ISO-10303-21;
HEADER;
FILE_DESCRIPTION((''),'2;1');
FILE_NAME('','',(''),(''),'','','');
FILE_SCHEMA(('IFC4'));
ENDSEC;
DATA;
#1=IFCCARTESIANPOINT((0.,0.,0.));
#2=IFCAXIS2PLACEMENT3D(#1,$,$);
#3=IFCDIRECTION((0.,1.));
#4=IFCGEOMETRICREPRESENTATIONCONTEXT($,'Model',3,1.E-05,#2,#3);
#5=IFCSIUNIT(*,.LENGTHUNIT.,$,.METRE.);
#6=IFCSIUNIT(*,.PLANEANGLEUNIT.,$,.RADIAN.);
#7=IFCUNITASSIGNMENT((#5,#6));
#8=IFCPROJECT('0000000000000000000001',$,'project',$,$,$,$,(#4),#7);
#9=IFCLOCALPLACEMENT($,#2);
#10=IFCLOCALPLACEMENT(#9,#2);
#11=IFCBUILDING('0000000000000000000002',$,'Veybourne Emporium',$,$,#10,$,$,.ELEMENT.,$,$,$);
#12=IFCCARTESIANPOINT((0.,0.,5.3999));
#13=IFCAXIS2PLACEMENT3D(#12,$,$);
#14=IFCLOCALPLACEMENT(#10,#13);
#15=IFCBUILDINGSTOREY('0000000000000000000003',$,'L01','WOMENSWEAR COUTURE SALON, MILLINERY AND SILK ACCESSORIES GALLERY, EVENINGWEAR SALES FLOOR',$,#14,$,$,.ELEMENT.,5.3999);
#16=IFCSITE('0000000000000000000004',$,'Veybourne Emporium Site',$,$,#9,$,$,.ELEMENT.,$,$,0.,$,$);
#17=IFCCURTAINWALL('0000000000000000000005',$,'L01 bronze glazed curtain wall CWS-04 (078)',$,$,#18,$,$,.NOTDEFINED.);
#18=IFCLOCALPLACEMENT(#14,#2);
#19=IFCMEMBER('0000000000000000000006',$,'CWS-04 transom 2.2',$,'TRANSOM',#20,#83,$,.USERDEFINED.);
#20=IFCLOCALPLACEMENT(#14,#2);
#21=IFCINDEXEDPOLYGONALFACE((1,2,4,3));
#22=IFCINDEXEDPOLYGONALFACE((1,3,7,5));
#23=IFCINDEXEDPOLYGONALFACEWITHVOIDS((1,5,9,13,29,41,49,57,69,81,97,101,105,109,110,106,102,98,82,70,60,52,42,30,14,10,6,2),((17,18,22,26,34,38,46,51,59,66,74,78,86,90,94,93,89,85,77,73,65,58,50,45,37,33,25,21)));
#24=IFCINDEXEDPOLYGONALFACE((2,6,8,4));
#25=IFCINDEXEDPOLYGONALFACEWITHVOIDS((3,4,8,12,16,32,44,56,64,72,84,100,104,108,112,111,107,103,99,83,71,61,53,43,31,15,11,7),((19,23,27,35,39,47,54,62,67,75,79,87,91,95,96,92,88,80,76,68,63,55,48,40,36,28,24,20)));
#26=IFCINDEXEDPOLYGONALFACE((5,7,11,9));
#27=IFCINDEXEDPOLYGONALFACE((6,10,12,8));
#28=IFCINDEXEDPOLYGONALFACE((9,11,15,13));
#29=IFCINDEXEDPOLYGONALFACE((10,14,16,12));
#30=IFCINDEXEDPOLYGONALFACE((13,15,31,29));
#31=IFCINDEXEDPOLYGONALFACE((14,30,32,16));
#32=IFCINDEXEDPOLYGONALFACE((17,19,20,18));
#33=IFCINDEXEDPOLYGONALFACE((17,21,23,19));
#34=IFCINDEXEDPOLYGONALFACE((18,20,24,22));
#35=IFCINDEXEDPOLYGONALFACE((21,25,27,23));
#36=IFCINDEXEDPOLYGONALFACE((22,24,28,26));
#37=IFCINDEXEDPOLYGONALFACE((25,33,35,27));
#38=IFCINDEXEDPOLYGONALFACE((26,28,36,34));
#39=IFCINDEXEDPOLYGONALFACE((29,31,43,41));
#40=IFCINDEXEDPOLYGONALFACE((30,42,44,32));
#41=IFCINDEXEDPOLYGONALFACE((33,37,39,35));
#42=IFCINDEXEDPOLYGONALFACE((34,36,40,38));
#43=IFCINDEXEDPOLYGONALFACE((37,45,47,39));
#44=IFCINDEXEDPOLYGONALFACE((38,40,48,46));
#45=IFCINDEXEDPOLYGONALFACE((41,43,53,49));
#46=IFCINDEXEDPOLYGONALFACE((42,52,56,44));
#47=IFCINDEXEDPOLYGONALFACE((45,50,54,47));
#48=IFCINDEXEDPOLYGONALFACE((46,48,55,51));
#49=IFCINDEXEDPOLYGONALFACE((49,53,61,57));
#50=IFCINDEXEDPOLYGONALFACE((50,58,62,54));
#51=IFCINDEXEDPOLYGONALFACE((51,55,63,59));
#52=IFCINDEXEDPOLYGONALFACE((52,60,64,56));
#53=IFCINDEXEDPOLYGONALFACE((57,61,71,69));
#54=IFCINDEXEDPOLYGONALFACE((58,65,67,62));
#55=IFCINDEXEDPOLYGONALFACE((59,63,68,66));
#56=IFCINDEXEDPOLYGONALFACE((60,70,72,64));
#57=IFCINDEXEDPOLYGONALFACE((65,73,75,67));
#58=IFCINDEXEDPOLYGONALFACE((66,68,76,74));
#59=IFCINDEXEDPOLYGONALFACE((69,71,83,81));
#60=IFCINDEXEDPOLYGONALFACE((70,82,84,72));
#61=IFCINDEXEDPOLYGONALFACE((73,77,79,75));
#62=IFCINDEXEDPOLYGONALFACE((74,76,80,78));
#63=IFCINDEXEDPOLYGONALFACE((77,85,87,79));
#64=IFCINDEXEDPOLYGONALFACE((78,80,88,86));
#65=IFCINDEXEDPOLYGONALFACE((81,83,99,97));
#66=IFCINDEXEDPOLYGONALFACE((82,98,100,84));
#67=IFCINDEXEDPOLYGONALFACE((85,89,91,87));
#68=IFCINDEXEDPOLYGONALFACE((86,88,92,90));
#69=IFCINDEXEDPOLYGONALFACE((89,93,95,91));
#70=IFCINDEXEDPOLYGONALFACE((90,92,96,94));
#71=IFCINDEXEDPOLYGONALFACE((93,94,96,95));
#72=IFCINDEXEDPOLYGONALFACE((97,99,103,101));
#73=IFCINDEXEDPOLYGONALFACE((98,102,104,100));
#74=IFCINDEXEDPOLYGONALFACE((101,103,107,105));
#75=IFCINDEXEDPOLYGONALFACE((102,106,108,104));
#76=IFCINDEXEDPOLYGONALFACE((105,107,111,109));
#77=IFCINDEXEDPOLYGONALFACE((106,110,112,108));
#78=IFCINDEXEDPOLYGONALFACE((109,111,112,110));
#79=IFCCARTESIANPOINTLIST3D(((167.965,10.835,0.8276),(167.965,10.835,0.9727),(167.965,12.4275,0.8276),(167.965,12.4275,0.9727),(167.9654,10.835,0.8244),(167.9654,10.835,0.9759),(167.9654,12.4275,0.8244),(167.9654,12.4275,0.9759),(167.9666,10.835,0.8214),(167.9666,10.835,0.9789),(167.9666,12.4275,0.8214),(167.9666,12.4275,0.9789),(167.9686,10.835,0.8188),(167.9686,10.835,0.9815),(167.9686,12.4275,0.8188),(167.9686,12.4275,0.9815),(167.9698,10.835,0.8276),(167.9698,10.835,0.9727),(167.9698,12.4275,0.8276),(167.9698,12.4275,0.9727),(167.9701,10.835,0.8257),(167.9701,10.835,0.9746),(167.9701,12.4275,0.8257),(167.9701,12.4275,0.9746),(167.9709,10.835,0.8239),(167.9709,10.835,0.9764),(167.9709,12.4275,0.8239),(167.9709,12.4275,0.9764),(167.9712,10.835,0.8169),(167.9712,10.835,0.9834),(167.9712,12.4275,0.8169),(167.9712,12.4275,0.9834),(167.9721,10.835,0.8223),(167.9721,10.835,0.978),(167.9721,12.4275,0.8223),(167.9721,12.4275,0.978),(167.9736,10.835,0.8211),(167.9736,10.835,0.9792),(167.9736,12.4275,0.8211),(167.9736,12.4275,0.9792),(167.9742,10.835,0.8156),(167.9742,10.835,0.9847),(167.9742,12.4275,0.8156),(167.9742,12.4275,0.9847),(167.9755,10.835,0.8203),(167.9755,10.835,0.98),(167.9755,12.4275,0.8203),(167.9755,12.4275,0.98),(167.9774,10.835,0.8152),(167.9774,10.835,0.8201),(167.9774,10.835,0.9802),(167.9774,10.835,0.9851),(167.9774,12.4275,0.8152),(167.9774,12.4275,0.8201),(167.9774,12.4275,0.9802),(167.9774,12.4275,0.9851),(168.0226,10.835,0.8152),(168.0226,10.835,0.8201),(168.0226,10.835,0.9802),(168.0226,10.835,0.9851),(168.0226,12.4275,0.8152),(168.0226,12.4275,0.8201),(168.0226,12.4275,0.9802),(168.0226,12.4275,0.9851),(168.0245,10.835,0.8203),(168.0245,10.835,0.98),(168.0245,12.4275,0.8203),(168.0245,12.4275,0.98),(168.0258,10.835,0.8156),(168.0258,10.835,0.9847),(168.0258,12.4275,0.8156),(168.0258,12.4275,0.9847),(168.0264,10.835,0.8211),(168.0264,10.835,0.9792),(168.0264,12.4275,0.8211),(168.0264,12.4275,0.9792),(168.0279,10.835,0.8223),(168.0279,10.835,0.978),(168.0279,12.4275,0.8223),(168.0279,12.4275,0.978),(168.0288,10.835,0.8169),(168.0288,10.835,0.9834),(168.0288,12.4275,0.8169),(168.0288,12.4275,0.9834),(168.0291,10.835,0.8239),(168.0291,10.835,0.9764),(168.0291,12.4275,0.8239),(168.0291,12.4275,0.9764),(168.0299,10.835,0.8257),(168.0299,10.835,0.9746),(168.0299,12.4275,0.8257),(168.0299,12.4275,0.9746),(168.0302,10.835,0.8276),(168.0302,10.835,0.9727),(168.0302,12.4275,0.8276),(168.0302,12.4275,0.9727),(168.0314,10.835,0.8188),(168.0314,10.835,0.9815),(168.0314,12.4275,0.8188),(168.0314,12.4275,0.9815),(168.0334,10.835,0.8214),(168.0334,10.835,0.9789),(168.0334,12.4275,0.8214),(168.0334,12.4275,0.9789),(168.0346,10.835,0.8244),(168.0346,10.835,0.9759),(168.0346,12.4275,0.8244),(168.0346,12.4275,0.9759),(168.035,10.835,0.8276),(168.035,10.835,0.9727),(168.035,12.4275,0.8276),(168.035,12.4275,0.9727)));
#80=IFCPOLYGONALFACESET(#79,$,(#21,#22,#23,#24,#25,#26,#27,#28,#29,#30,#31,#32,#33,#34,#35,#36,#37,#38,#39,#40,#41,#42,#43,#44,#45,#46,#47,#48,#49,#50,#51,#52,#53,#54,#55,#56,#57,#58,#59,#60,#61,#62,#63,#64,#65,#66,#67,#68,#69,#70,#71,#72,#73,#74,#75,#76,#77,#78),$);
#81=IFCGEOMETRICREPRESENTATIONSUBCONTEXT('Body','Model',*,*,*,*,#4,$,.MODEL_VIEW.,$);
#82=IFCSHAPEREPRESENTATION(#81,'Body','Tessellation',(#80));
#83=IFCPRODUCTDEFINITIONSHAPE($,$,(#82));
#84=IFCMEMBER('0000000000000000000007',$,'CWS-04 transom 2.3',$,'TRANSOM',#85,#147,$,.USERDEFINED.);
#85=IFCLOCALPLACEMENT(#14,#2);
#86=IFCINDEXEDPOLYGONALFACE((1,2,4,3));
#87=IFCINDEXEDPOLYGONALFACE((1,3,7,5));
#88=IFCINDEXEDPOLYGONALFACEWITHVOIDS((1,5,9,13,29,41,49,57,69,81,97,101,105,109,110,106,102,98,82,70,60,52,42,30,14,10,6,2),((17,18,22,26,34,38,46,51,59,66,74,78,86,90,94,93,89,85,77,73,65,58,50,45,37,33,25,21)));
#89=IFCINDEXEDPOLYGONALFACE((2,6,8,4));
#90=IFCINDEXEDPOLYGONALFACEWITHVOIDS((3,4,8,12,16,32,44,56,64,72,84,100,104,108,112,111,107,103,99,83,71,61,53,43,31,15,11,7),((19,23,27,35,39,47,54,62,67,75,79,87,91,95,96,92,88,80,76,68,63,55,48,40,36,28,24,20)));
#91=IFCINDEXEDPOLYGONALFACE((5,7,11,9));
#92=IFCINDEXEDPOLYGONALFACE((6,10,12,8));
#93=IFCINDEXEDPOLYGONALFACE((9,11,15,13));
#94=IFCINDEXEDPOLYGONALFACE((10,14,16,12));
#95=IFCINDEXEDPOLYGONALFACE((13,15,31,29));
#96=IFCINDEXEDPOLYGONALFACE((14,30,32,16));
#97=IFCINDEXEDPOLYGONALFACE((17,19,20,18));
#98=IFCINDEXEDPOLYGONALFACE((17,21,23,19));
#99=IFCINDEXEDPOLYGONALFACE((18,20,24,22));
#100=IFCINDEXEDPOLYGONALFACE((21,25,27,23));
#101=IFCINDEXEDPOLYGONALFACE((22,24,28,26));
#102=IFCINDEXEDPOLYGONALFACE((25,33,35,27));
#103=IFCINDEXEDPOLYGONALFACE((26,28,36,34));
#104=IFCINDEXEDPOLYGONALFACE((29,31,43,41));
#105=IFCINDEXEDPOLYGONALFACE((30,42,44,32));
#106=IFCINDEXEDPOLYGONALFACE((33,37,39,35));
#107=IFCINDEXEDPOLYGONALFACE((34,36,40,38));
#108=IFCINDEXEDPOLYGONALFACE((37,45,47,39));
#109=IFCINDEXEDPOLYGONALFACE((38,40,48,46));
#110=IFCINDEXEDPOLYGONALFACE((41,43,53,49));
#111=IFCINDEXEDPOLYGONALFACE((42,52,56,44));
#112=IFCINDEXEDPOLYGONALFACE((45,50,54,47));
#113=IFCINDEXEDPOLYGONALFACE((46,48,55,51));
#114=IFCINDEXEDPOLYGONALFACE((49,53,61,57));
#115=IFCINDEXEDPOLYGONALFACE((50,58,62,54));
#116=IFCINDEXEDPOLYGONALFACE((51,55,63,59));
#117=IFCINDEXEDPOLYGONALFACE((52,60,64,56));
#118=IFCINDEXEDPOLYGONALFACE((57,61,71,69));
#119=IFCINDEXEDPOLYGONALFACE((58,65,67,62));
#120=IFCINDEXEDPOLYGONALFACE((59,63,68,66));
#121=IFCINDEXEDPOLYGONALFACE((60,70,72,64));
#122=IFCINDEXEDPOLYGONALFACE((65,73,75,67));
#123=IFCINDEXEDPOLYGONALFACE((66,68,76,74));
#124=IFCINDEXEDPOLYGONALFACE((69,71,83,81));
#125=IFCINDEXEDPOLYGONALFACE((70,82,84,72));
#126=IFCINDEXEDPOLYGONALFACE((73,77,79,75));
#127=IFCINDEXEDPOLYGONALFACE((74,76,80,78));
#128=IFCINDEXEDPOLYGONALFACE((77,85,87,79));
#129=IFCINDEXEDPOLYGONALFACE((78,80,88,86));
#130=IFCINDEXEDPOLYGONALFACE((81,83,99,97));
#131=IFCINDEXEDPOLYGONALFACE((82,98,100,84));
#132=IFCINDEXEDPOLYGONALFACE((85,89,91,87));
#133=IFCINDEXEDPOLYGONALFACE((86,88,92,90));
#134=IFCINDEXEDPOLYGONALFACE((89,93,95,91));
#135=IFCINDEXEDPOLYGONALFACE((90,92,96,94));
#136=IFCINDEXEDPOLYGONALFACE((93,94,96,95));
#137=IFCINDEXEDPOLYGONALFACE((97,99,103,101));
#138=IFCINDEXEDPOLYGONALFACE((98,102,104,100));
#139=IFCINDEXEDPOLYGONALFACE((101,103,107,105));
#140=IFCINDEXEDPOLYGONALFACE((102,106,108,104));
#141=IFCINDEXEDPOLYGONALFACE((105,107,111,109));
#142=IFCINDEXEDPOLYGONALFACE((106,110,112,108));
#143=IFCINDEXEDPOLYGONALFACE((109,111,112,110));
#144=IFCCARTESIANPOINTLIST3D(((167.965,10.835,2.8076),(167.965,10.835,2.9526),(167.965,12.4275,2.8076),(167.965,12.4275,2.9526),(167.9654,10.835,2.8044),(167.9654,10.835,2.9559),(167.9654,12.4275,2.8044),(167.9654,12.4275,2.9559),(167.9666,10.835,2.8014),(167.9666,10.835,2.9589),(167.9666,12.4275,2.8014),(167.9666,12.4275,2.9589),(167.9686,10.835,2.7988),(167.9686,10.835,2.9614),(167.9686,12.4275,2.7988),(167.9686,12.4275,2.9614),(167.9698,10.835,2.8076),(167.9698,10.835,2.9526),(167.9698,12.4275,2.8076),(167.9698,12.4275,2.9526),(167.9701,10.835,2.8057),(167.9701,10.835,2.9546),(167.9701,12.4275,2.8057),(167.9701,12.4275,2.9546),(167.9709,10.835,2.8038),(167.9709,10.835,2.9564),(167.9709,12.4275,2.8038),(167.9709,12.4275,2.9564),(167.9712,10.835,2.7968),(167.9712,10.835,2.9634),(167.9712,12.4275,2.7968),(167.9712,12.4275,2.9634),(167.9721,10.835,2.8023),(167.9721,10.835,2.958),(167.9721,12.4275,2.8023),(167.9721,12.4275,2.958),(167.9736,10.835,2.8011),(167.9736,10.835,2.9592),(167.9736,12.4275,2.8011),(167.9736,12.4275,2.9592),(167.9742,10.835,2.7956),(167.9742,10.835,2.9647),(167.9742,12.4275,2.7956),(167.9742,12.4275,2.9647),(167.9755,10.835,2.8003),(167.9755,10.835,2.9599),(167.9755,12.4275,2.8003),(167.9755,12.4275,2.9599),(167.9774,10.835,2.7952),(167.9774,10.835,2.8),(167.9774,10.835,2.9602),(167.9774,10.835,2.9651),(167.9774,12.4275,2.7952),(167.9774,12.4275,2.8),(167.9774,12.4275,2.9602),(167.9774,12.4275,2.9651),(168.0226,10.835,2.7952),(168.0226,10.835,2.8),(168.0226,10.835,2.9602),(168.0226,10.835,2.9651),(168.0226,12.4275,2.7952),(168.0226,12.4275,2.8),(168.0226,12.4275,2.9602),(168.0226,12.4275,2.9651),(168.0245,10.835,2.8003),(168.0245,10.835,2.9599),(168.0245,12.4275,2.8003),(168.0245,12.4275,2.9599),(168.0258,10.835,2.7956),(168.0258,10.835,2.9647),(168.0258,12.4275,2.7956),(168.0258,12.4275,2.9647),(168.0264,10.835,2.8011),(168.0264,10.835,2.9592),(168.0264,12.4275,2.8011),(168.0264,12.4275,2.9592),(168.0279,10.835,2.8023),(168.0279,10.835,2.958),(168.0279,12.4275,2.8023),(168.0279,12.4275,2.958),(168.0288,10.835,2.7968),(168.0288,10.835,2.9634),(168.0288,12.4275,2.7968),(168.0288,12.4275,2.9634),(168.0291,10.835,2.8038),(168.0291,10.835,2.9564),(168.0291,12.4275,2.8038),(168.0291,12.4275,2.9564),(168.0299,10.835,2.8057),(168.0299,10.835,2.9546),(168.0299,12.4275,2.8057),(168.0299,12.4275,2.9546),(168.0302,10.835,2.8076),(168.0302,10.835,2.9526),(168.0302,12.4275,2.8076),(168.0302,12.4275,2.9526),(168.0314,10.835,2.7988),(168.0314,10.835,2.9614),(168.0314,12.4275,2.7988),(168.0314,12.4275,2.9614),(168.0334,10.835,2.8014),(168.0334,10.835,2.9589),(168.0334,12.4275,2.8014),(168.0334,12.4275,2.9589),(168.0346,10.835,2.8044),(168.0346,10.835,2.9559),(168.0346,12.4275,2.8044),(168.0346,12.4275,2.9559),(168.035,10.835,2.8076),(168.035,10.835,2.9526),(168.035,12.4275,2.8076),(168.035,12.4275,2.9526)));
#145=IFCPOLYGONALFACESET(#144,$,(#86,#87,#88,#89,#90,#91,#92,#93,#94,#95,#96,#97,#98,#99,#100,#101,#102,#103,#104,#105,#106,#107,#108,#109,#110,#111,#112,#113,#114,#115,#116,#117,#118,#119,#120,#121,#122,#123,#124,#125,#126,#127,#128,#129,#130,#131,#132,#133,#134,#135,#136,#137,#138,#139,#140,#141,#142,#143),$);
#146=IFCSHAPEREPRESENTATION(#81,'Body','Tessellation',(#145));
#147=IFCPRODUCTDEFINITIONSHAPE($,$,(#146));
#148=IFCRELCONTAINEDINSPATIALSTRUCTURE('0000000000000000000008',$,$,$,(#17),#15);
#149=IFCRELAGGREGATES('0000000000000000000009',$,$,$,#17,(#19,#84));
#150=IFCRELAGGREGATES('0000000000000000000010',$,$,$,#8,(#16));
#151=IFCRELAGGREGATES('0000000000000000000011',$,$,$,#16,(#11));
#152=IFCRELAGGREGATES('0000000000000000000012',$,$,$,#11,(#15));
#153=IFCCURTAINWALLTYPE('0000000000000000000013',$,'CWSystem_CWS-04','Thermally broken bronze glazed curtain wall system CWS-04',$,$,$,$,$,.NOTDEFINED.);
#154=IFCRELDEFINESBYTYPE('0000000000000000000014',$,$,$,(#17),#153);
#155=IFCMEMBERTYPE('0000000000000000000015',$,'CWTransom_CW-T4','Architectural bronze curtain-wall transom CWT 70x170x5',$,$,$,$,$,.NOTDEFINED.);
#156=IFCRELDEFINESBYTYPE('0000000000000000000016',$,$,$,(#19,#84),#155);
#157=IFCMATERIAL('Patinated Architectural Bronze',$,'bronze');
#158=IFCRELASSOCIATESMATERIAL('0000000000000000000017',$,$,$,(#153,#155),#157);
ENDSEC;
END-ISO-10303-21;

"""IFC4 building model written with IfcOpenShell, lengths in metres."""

from ifc_helpers import new_model, si_unit, direction, frame, origin, origin_2d, place, context, subcontext, project, spatial, hollow_rectangle, extrude, material, material_profile, profile_set, type_object, element, aggregate, save


model = new_model("IFC4")

# Units and contexts
model_context = context("Model", 3, precision=1e-05, world=origin(), true_north=direction((0.0, 1.0)))
body_context = subcontext(model_context, "Body", "Model", "MODEL_VIEW")
ifc_project = project(units=[si_unit("LENGTHUNIT", "METRE"), si_unit("PLANEANGLEUNIT", "RADIAN")], contexts=[model_context])

# Site, building, storey
site_placement = place(None, origin())
site = spatial("IfcSite", under=ifc_project, at=site_placement, Name="Veybourne Emporium Site", CompositionType="ELEMENT", RefElevation=0.0)
building_placement = place(site_placement, origin())
building = spatial("IfcBuilding", under=site, at=building_placement, Name="Veybourne Emporium", CompositionType="ELEMENT")
storey_placement = place(building_placement, frame((0.0, 0.0, 5.3999)))
storey = spatial("IfcBuildingStorey", under=building, at=storey_placement, Name="L01", Description="WOMENSWEAR COUTURE SALON, MILLINERY AND SILK ACCESSORIES GALLERY, EVENINGWEAR SALES FLOOR", CompositionType="ELEMENT", Elevation=5.3999)

# Curtain wall, members
ifc_material_1 = material(Name="Patinated Architectural Bronze", Category="bronze")
curtain_wall_type = type_object("IfcCurtainWallType", Name="CWSystem_CWS-04", Description="Thermally broken bronze glazed curtain wall system CWS-04", PredefinedType="NOTDEFINED", material=ifc_material_1)
curtain_wall_placement = place(storey_placement, origin())
curtain_wall = element("IfcCurtainWall", 1, at=curtain_wall_placement, inside=storey, type_object=curtain_wall_type, Name="L01 bronze glazed curtain wall CWS-04 (078)", PredefinedType="NOTDEFINED")
ifc_material_profile_1 = material_profile(ifc_material_1, hollow_rectangle(XDim=0.0701, YDim=0.1699, WallThickness=0.0049, InnerFilletRadius=0.0076, OuterFilletRadius=0.0125, at=origin_2d()), Name="CWT 70x170x5")
ifc_profile_set_1 = profile_set([ifc_material_profile_1], Name="Patinated Architectural Bronze")
member_type_1 = type_object("IfcMemberType", Name="CWTransom_CW-T4", Description="Architectural bronze curtain-wall transom CWT 70x170x5", PredefinedType="NOTDEFINED", material=ifc_profile_set_1)
member_1_placement = place(storey_placement, frame((168.0, 12.4275, 0.9001), z_axis=(0.0, -1.0, 0.0), x_axis=(1.0, 0.0, 0.0)))
member_1 = element("IfcMember", 2, at=member_1_placement, type_object=member_type_1, Name="CWS-04 transom 2.2", ObjectType="TRANSOM", PredefinedType="USERDEFINED", context=body_context, shape_type="SweptSolid", body=[
    extrude(hollow_rectangle(XDim=0.0701, YDim=0.1699, WallThickness=0.0049, InnerFilletRadius=0.0076, OuterFilletRadius=0.0125, at=origin_2d()), origin(), (0.0, 0.0, 1.0), 1.5925),
])
member_2_placement = place(storey_placement, frame((168.0, 12.4275, 2.8801), z_axis=(0.0, -1.0, 0.0), x_axis=(1.0, 0.0, 0.0)))
member_2 = element("IfcMember", 3, at=member_2_placement, type_object=member_type_1, Name="CWS-04 transom 2.3", ObjectType="TRANSOM", PredefinedType="USERDEFINED", context=body_context, shape_type="SweptSolid", body=[
    extrude(hollow_rectangle(XDim=0.0701, YDim=0.1699, WallThickness=0.0049, InnerFilletRadius=0.0076, OuterFilletRadius=0.0125, at=origin_2d()), origin(), (0.0, 0.0, 1.0), 1.5925),
])
aggregate(curtain_wall, [member_1, member_2])

save(model, "model.ifc")
